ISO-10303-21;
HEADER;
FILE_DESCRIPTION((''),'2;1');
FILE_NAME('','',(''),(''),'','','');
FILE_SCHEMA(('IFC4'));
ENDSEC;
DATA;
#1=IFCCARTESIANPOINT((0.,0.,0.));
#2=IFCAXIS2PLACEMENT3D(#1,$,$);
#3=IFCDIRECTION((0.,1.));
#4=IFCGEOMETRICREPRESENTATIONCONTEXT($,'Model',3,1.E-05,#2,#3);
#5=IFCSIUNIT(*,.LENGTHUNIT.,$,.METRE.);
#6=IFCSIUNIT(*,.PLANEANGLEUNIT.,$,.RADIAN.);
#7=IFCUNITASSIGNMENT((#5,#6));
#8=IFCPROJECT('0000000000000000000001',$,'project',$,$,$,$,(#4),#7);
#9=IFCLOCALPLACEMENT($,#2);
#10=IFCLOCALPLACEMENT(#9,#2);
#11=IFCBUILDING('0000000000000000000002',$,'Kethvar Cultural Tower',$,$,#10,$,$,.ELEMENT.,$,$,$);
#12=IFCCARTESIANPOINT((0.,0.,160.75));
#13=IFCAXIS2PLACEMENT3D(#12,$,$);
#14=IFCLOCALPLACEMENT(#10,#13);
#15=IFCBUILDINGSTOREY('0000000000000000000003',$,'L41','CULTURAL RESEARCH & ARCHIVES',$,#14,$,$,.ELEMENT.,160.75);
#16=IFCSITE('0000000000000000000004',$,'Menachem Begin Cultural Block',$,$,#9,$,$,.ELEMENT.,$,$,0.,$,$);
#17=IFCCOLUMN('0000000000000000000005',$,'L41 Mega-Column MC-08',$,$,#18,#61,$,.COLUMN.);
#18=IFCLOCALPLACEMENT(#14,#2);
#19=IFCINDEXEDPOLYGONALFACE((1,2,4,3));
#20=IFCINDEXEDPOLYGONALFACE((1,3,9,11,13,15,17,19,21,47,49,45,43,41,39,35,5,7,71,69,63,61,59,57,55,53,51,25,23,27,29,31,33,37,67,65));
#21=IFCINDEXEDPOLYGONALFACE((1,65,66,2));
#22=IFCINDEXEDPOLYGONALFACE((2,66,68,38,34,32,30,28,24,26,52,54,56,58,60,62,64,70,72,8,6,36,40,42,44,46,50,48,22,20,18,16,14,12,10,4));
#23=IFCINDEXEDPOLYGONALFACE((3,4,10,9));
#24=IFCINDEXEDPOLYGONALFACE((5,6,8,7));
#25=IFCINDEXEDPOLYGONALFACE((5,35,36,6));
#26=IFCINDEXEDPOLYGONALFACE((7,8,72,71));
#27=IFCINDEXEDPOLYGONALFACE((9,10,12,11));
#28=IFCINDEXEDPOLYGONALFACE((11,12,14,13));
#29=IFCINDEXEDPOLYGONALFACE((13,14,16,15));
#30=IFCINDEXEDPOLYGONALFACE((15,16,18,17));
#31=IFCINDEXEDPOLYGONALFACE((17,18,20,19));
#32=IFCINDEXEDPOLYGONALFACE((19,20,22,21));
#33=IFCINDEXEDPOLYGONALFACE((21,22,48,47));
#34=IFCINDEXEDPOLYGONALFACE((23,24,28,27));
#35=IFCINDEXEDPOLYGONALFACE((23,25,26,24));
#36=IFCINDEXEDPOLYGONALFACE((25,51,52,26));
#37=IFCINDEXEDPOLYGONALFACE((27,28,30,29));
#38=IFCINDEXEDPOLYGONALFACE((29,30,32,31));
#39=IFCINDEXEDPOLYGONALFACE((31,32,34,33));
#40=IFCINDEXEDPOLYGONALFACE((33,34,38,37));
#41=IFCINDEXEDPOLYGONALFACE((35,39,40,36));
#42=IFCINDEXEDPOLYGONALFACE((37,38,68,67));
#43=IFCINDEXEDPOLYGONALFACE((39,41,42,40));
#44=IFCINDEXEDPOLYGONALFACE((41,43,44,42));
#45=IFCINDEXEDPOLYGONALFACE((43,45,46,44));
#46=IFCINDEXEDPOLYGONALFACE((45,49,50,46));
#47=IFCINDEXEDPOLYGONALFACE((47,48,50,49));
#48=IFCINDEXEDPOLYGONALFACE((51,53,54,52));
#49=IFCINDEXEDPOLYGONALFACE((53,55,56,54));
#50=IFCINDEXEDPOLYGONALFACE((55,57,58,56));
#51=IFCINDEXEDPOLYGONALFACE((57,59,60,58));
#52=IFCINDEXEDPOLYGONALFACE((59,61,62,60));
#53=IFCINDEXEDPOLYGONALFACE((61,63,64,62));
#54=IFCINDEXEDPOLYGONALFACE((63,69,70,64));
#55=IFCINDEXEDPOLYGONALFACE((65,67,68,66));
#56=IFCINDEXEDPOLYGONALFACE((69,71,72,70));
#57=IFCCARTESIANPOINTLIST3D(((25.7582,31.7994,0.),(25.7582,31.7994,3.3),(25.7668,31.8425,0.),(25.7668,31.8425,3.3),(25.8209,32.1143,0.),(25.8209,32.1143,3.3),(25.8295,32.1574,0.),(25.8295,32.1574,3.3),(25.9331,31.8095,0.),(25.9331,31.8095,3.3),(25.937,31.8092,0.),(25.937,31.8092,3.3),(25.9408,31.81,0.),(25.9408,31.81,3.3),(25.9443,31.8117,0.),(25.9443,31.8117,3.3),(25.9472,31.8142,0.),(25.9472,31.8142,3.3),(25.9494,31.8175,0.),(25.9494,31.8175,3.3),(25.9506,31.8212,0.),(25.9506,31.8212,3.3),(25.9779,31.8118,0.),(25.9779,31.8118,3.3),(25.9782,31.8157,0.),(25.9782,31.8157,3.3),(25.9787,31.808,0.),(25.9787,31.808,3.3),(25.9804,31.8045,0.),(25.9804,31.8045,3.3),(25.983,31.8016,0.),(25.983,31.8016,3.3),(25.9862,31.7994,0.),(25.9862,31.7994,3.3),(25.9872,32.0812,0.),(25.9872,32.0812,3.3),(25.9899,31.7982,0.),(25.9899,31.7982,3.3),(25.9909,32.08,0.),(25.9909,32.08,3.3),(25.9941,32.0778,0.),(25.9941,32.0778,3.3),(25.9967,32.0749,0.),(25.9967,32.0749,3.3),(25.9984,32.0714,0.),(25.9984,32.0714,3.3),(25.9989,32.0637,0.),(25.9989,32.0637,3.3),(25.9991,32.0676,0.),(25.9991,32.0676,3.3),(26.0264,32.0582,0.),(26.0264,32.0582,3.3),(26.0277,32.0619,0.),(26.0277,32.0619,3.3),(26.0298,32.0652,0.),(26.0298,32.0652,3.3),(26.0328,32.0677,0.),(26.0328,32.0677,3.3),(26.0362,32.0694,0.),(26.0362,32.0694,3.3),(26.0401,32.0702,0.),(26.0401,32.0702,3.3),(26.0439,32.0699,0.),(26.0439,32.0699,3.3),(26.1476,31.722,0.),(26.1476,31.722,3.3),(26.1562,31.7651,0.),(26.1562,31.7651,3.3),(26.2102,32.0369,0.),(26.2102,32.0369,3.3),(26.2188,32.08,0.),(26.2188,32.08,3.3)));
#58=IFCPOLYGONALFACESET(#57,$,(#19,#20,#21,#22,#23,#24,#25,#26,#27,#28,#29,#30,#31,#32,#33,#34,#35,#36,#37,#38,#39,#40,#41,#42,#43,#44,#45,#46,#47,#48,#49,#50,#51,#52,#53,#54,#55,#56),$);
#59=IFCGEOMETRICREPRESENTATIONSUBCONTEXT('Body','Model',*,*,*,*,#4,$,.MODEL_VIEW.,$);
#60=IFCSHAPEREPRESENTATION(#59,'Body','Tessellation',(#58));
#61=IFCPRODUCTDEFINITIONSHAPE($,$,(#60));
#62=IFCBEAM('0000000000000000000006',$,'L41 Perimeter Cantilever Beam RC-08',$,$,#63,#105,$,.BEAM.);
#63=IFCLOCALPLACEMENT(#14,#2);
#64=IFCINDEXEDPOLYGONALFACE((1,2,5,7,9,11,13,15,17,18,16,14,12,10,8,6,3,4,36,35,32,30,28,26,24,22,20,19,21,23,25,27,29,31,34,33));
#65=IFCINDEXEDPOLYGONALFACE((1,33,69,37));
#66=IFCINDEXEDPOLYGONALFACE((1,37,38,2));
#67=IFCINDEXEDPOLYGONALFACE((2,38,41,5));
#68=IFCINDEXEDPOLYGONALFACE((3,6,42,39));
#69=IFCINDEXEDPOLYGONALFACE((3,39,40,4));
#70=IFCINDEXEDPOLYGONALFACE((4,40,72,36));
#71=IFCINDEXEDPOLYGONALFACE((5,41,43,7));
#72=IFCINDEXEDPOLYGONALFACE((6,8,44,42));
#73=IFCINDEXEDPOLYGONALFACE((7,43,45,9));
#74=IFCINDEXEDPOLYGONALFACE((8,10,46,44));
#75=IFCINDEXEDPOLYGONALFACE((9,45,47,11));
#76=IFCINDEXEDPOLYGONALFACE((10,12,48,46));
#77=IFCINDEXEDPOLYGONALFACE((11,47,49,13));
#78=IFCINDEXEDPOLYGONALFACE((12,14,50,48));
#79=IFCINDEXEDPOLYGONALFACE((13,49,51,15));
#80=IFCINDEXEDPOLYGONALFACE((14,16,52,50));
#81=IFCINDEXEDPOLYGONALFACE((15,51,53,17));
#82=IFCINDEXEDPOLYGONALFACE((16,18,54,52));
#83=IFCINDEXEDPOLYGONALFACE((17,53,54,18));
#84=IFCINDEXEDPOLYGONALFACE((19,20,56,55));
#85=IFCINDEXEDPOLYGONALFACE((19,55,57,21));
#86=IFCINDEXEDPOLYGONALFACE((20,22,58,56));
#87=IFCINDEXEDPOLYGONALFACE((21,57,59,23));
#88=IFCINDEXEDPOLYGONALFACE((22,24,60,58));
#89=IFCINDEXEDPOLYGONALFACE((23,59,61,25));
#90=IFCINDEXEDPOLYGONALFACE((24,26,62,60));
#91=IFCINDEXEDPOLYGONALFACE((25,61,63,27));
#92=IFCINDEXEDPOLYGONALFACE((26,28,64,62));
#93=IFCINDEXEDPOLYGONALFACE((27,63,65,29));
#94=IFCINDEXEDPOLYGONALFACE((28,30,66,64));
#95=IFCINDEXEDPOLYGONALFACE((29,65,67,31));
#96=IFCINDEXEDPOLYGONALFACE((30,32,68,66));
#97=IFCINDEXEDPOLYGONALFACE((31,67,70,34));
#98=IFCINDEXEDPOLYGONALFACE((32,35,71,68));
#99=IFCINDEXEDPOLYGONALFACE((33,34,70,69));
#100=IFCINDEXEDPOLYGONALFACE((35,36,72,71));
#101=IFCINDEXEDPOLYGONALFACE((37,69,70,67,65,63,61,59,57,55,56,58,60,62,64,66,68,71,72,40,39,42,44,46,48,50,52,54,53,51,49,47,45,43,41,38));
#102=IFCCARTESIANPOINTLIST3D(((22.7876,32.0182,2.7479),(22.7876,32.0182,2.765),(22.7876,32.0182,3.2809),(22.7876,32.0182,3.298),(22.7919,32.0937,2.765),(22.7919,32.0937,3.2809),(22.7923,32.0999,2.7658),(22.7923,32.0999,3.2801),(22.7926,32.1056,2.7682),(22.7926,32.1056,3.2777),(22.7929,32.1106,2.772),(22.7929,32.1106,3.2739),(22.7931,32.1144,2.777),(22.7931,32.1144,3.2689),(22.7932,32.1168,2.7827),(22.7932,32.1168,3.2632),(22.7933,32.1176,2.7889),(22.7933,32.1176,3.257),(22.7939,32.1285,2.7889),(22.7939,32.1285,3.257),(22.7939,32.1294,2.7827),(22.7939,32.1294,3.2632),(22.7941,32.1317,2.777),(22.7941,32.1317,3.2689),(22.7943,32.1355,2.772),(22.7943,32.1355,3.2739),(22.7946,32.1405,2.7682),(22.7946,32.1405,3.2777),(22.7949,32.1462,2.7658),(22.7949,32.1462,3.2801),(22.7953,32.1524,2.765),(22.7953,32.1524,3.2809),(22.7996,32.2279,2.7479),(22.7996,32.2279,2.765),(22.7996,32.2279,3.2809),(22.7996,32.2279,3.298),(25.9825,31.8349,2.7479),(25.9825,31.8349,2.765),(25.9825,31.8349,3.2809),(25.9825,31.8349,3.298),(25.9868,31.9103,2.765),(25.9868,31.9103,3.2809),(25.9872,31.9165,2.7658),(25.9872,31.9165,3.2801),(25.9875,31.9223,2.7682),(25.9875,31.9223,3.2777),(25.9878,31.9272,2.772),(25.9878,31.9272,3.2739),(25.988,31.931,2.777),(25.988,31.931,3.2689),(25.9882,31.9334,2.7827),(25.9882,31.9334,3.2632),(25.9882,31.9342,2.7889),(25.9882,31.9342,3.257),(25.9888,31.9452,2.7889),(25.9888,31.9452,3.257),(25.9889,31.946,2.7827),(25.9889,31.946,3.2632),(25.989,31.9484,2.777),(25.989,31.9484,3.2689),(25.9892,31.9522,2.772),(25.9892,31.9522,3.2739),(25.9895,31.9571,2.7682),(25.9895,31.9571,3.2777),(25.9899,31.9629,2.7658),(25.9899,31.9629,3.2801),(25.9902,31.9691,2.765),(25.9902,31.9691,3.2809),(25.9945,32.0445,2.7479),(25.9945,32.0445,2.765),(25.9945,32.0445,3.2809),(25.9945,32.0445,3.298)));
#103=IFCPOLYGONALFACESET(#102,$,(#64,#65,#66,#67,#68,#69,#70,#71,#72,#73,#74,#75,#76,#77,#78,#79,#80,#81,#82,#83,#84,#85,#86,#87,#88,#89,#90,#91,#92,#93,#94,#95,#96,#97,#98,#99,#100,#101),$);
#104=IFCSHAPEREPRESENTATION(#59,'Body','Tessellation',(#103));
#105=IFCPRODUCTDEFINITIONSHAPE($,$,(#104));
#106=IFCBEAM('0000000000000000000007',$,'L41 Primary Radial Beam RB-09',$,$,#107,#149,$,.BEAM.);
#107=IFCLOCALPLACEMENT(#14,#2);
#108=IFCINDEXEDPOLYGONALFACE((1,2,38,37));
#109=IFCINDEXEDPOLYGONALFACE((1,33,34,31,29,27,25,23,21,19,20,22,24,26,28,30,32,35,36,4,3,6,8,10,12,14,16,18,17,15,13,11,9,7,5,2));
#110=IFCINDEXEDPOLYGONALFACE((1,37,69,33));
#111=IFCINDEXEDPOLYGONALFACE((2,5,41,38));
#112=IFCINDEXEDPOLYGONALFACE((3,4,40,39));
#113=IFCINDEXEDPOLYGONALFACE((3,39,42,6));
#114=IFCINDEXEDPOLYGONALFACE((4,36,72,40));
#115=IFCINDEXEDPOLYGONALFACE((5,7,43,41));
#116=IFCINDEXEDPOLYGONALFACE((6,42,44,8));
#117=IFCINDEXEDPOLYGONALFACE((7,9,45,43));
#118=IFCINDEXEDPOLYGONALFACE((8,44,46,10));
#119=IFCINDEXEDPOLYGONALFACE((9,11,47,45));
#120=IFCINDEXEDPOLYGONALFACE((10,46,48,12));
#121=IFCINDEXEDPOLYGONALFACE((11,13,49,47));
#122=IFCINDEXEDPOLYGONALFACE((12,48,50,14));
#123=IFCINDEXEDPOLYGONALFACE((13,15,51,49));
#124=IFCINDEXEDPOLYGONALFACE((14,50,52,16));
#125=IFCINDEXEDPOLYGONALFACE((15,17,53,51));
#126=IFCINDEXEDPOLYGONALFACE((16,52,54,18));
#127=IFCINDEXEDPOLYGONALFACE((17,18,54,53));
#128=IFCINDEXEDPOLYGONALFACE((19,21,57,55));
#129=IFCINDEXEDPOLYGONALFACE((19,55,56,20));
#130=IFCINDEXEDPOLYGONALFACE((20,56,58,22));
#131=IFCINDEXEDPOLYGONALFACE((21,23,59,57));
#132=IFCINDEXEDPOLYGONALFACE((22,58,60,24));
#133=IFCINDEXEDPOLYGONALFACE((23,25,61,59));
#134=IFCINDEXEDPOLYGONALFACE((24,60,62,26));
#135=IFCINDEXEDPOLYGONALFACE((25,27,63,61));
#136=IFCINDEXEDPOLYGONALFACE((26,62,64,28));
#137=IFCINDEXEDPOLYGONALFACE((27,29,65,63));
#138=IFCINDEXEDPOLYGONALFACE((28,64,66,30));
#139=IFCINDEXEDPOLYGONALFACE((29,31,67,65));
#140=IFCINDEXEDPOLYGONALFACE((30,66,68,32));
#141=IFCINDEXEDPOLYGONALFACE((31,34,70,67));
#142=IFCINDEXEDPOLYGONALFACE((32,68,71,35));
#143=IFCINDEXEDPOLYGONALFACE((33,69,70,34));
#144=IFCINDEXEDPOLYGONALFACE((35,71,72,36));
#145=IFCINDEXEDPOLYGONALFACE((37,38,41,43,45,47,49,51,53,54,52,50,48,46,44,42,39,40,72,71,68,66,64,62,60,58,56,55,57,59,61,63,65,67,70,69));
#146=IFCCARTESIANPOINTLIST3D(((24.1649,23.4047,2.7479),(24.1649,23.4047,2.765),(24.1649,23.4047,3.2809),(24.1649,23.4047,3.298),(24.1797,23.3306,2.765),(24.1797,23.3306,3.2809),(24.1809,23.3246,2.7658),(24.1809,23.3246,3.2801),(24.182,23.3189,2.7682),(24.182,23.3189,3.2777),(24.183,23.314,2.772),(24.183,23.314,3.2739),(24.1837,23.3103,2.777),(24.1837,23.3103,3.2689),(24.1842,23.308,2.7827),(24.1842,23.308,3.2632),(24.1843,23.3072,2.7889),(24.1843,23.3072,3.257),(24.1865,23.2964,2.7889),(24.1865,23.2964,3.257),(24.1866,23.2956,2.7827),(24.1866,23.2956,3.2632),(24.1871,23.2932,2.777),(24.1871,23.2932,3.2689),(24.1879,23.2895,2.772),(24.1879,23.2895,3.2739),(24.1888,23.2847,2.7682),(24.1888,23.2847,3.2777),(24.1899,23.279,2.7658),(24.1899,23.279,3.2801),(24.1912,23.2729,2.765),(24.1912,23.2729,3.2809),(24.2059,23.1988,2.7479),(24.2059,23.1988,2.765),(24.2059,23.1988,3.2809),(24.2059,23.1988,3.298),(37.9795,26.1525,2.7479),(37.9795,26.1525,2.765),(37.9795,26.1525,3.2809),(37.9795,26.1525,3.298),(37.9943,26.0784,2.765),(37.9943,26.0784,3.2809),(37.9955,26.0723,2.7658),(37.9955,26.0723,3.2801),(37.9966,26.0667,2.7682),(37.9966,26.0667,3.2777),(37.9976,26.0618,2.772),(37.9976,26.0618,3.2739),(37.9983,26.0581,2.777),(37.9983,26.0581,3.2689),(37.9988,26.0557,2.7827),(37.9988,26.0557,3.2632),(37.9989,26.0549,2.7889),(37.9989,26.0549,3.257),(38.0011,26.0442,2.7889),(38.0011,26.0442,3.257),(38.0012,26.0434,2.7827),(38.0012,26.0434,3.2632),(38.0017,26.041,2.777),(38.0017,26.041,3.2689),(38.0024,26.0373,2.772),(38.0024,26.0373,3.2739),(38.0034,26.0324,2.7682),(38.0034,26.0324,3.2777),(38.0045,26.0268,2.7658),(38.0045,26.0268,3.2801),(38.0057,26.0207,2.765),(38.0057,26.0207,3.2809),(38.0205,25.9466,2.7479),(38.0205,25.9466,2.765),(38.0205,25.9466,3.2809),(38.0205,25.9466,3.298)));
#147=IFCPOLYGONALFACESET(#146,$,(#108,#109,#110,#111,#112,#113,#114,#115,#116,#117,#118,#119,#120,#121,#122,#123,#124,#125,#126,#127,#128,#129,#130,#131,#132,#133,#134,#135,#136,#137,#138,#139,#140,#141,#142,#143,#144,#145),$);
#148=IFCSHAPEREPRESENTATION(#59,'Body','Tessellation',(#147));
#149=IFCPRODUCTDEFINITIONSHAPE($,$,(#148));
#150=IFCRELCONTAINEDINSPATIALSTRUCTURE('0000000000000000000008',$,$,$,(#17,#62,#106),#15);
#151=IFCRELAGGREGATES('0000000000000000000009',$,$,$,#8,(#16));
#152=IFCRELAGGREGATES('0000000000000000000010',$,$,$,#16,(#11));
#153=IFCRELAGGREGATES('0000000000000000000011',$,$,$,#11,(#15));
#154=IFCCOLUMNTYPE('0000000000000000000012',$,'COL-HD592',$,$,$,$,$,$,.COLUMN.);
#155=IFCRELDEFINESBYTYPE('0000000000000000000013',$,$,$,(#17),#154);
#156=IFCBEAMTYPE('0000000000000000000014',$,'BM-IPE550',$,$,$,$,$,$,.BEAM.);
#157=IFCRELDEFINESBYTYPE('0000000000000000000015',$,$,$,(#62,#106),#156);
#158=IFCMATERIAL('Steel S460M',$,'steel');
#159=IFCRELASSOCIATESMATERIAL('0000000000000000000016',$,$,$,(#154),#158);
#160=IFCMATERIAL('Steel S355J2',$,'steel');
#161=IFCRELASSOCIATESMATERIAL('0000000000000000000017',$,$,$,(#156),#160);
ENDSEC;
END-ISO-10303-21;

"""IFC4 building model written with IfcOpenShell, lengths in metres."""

from ifc_helpers import new_model, si_unit, direction, frame, origin, origin_2d, place, context, subcontext, project, spatial, i_section, extrude, source, transform, mapped, material, material_profile, profile_set, type_object, element, save


model = new_model("IFC4")

# Units and contexts
model_context = context("Model", 3, precision=1e-05, world=origin(), true_north=direction((0.0, 1.0)))
body_context = subcontext(model_context, "Body", "Model", "MODEL_VIEW")
ifc_project = project(units=[si_unit("LENGTHUNIT", "METRE"), si_unit("PLANEANGLEUNIT", "RADIAN")], contexts=[model_context])

# Site, building, storey
site_placement = place(None, origin())
site = spatial("IfcSite", under=ifc_project, at=site_placement, Name="Menachem Begin Cultural Block", CompositionType="ELEMENT", RefElevation=0.0)
building_placement = place(site_placement, origin())
building = spatial("IfcBuilding", under=site, at=building_placement, Name="Kethvar Cultural Tower", CompositionType="ELEMENT")
storey_placement = place(building_placement, frame((0.0, 0.0, 160.75)))
storey = spatial("IfcBuildingStorey", under=building, at=storey_placement, Name="L41", Description="CULTURAL RESEARCH & ARCHIVES", CompositionType="ELEMENT", Elevation=160.75)

# Column
ifc_material_1 = material(Name="Steel S460M", Category="steel")
ifc_material_profile_1 = material_profile(ifc_material_1, i_section(OverallWidth=0.397, OverallDepth=0.365, WebThickness=0.0281, FlangeThickness=0.0439, FilletRadius=0.0149, at=origin_2d()), Name="Steel S460M — HD400x592")
ifc_profile_set_1 = profile_set([ifc_material_profile_1], Name="Steel S460M — HD400x592")
column_type = type_object("IfcColumnType", Name="COL-HD592", PredefinedType="COLUMN", material=ifc_profile_set_1)
shared_shape_1 = source(origin(), body_context, "Body", "SweptSolid", [
    extrude(i_section(OverallWidth=0.397, OverallDepth=0.365, WebThickness=0.0281, FlangeThickness=0.0439, FilletRadius=0.0149, at=origin_2d()), origin(), (0.0, 0.0, 1.0), 3.3),
])
column_placement = place(storey_placement, frame((25.9885, 31.9397, 0.0), z_axis=(0.0, 0.0, 1.0), x_axis=(-0.980785, 0.19509, 0.0)))
element("IfcColumn", 1, at=column_placement, inside=storey, type_object=column_type, Name="L41 Mega-Column MC-08", PredefinedType="COLUMN", context=body_context, shape_type="MappedRepresentation", body=[
    mapped(shared_shape_1, transform((0.0, 0.0, 0.0), scale=1.0)),
])

# Beams
ifc_material_2 = material(Name="Steel S355J2", Category="steel")
ifc_material_profile_2 = material_profile(ifc_material_2, i_section(OverallWidth=0.21, OverallDepth=0.55, WebThickness=0.011, FlangeThickness=0.0171, FilletRadius=0.0239, at=origin_2d()), Name="Steel S355J2 — IPE550")
ifc_profile_set_2 = profile_set([ifc_material_profile_2], Name="Steel S355J2 — IPE550")
beam_type_1 = type_object("IfcBeamType", Name="BM-IPE550", PredefinedType="BEAM", material=ifc_profile_set_2)
shared_shape_2 = source(origin(), body_context, "Body", "SweptSolid", [
    extrude(i_section(OverallWidth=0.21, OverallDepth=0.55, WebThickness=0.011, FlangeThickness=0.0171, FilletRadius=0.0239, at=origin_2d()), origin(), (0.0, 0.0, 1.0), 3.2002),
])
beam_1_placement = place(storey_placement, frame((25.9885, 31.9397, 3.0229), z_axis=(-0.998357, 0.057295, 0.0), x_axis=(-0.057295, -0.998357, 0.0)))
element("IfcBeam", 2, at=beam_1_placement, inside=storey, type_object=beam_type_1, Name="L41 Perimeter Cantilever Beam RC-08", PredefinedType="BEAM", context=body_context, shape_type="MappedRepresentation", body=[
    mapped(shared_shape_2, transform((0.0, 0.0, 0.0), scale=1.0)),
])
shared_shape_3 = source(origin(), body_context, "Body", "SweptSolid", [
    extrude(i_section(OverallWidth=0.21, OverallDepth=0.55, WebThickness=0.011, FlangeThickness=0.0171, FilletRadius=0.0239, at=origin_2d()), origin(), (0.0, 0.0, 1.0), 14.0852),
])
beam_2_placement = place(storey_placement, frame((38.0, 26.0496, 3.0229), z_axis=(-0.980787, -0.195083, 0.0), x_axis=(0.195083, -0.980787, 0.0)))
element("IfcBeam", 3, at=beam_2_placement, inside=storey, type_object=beam_type_1, Name="L41 Primary Radial Beam RB-09", PredefinedType="BEAM", context=body_context, shape_type="MappedRepresentation", body=[
    mapped(shared_shape_3, transform((0.0, 0.0, 0.0), scale=1.0)),
])

save(model, "model.ifc")
